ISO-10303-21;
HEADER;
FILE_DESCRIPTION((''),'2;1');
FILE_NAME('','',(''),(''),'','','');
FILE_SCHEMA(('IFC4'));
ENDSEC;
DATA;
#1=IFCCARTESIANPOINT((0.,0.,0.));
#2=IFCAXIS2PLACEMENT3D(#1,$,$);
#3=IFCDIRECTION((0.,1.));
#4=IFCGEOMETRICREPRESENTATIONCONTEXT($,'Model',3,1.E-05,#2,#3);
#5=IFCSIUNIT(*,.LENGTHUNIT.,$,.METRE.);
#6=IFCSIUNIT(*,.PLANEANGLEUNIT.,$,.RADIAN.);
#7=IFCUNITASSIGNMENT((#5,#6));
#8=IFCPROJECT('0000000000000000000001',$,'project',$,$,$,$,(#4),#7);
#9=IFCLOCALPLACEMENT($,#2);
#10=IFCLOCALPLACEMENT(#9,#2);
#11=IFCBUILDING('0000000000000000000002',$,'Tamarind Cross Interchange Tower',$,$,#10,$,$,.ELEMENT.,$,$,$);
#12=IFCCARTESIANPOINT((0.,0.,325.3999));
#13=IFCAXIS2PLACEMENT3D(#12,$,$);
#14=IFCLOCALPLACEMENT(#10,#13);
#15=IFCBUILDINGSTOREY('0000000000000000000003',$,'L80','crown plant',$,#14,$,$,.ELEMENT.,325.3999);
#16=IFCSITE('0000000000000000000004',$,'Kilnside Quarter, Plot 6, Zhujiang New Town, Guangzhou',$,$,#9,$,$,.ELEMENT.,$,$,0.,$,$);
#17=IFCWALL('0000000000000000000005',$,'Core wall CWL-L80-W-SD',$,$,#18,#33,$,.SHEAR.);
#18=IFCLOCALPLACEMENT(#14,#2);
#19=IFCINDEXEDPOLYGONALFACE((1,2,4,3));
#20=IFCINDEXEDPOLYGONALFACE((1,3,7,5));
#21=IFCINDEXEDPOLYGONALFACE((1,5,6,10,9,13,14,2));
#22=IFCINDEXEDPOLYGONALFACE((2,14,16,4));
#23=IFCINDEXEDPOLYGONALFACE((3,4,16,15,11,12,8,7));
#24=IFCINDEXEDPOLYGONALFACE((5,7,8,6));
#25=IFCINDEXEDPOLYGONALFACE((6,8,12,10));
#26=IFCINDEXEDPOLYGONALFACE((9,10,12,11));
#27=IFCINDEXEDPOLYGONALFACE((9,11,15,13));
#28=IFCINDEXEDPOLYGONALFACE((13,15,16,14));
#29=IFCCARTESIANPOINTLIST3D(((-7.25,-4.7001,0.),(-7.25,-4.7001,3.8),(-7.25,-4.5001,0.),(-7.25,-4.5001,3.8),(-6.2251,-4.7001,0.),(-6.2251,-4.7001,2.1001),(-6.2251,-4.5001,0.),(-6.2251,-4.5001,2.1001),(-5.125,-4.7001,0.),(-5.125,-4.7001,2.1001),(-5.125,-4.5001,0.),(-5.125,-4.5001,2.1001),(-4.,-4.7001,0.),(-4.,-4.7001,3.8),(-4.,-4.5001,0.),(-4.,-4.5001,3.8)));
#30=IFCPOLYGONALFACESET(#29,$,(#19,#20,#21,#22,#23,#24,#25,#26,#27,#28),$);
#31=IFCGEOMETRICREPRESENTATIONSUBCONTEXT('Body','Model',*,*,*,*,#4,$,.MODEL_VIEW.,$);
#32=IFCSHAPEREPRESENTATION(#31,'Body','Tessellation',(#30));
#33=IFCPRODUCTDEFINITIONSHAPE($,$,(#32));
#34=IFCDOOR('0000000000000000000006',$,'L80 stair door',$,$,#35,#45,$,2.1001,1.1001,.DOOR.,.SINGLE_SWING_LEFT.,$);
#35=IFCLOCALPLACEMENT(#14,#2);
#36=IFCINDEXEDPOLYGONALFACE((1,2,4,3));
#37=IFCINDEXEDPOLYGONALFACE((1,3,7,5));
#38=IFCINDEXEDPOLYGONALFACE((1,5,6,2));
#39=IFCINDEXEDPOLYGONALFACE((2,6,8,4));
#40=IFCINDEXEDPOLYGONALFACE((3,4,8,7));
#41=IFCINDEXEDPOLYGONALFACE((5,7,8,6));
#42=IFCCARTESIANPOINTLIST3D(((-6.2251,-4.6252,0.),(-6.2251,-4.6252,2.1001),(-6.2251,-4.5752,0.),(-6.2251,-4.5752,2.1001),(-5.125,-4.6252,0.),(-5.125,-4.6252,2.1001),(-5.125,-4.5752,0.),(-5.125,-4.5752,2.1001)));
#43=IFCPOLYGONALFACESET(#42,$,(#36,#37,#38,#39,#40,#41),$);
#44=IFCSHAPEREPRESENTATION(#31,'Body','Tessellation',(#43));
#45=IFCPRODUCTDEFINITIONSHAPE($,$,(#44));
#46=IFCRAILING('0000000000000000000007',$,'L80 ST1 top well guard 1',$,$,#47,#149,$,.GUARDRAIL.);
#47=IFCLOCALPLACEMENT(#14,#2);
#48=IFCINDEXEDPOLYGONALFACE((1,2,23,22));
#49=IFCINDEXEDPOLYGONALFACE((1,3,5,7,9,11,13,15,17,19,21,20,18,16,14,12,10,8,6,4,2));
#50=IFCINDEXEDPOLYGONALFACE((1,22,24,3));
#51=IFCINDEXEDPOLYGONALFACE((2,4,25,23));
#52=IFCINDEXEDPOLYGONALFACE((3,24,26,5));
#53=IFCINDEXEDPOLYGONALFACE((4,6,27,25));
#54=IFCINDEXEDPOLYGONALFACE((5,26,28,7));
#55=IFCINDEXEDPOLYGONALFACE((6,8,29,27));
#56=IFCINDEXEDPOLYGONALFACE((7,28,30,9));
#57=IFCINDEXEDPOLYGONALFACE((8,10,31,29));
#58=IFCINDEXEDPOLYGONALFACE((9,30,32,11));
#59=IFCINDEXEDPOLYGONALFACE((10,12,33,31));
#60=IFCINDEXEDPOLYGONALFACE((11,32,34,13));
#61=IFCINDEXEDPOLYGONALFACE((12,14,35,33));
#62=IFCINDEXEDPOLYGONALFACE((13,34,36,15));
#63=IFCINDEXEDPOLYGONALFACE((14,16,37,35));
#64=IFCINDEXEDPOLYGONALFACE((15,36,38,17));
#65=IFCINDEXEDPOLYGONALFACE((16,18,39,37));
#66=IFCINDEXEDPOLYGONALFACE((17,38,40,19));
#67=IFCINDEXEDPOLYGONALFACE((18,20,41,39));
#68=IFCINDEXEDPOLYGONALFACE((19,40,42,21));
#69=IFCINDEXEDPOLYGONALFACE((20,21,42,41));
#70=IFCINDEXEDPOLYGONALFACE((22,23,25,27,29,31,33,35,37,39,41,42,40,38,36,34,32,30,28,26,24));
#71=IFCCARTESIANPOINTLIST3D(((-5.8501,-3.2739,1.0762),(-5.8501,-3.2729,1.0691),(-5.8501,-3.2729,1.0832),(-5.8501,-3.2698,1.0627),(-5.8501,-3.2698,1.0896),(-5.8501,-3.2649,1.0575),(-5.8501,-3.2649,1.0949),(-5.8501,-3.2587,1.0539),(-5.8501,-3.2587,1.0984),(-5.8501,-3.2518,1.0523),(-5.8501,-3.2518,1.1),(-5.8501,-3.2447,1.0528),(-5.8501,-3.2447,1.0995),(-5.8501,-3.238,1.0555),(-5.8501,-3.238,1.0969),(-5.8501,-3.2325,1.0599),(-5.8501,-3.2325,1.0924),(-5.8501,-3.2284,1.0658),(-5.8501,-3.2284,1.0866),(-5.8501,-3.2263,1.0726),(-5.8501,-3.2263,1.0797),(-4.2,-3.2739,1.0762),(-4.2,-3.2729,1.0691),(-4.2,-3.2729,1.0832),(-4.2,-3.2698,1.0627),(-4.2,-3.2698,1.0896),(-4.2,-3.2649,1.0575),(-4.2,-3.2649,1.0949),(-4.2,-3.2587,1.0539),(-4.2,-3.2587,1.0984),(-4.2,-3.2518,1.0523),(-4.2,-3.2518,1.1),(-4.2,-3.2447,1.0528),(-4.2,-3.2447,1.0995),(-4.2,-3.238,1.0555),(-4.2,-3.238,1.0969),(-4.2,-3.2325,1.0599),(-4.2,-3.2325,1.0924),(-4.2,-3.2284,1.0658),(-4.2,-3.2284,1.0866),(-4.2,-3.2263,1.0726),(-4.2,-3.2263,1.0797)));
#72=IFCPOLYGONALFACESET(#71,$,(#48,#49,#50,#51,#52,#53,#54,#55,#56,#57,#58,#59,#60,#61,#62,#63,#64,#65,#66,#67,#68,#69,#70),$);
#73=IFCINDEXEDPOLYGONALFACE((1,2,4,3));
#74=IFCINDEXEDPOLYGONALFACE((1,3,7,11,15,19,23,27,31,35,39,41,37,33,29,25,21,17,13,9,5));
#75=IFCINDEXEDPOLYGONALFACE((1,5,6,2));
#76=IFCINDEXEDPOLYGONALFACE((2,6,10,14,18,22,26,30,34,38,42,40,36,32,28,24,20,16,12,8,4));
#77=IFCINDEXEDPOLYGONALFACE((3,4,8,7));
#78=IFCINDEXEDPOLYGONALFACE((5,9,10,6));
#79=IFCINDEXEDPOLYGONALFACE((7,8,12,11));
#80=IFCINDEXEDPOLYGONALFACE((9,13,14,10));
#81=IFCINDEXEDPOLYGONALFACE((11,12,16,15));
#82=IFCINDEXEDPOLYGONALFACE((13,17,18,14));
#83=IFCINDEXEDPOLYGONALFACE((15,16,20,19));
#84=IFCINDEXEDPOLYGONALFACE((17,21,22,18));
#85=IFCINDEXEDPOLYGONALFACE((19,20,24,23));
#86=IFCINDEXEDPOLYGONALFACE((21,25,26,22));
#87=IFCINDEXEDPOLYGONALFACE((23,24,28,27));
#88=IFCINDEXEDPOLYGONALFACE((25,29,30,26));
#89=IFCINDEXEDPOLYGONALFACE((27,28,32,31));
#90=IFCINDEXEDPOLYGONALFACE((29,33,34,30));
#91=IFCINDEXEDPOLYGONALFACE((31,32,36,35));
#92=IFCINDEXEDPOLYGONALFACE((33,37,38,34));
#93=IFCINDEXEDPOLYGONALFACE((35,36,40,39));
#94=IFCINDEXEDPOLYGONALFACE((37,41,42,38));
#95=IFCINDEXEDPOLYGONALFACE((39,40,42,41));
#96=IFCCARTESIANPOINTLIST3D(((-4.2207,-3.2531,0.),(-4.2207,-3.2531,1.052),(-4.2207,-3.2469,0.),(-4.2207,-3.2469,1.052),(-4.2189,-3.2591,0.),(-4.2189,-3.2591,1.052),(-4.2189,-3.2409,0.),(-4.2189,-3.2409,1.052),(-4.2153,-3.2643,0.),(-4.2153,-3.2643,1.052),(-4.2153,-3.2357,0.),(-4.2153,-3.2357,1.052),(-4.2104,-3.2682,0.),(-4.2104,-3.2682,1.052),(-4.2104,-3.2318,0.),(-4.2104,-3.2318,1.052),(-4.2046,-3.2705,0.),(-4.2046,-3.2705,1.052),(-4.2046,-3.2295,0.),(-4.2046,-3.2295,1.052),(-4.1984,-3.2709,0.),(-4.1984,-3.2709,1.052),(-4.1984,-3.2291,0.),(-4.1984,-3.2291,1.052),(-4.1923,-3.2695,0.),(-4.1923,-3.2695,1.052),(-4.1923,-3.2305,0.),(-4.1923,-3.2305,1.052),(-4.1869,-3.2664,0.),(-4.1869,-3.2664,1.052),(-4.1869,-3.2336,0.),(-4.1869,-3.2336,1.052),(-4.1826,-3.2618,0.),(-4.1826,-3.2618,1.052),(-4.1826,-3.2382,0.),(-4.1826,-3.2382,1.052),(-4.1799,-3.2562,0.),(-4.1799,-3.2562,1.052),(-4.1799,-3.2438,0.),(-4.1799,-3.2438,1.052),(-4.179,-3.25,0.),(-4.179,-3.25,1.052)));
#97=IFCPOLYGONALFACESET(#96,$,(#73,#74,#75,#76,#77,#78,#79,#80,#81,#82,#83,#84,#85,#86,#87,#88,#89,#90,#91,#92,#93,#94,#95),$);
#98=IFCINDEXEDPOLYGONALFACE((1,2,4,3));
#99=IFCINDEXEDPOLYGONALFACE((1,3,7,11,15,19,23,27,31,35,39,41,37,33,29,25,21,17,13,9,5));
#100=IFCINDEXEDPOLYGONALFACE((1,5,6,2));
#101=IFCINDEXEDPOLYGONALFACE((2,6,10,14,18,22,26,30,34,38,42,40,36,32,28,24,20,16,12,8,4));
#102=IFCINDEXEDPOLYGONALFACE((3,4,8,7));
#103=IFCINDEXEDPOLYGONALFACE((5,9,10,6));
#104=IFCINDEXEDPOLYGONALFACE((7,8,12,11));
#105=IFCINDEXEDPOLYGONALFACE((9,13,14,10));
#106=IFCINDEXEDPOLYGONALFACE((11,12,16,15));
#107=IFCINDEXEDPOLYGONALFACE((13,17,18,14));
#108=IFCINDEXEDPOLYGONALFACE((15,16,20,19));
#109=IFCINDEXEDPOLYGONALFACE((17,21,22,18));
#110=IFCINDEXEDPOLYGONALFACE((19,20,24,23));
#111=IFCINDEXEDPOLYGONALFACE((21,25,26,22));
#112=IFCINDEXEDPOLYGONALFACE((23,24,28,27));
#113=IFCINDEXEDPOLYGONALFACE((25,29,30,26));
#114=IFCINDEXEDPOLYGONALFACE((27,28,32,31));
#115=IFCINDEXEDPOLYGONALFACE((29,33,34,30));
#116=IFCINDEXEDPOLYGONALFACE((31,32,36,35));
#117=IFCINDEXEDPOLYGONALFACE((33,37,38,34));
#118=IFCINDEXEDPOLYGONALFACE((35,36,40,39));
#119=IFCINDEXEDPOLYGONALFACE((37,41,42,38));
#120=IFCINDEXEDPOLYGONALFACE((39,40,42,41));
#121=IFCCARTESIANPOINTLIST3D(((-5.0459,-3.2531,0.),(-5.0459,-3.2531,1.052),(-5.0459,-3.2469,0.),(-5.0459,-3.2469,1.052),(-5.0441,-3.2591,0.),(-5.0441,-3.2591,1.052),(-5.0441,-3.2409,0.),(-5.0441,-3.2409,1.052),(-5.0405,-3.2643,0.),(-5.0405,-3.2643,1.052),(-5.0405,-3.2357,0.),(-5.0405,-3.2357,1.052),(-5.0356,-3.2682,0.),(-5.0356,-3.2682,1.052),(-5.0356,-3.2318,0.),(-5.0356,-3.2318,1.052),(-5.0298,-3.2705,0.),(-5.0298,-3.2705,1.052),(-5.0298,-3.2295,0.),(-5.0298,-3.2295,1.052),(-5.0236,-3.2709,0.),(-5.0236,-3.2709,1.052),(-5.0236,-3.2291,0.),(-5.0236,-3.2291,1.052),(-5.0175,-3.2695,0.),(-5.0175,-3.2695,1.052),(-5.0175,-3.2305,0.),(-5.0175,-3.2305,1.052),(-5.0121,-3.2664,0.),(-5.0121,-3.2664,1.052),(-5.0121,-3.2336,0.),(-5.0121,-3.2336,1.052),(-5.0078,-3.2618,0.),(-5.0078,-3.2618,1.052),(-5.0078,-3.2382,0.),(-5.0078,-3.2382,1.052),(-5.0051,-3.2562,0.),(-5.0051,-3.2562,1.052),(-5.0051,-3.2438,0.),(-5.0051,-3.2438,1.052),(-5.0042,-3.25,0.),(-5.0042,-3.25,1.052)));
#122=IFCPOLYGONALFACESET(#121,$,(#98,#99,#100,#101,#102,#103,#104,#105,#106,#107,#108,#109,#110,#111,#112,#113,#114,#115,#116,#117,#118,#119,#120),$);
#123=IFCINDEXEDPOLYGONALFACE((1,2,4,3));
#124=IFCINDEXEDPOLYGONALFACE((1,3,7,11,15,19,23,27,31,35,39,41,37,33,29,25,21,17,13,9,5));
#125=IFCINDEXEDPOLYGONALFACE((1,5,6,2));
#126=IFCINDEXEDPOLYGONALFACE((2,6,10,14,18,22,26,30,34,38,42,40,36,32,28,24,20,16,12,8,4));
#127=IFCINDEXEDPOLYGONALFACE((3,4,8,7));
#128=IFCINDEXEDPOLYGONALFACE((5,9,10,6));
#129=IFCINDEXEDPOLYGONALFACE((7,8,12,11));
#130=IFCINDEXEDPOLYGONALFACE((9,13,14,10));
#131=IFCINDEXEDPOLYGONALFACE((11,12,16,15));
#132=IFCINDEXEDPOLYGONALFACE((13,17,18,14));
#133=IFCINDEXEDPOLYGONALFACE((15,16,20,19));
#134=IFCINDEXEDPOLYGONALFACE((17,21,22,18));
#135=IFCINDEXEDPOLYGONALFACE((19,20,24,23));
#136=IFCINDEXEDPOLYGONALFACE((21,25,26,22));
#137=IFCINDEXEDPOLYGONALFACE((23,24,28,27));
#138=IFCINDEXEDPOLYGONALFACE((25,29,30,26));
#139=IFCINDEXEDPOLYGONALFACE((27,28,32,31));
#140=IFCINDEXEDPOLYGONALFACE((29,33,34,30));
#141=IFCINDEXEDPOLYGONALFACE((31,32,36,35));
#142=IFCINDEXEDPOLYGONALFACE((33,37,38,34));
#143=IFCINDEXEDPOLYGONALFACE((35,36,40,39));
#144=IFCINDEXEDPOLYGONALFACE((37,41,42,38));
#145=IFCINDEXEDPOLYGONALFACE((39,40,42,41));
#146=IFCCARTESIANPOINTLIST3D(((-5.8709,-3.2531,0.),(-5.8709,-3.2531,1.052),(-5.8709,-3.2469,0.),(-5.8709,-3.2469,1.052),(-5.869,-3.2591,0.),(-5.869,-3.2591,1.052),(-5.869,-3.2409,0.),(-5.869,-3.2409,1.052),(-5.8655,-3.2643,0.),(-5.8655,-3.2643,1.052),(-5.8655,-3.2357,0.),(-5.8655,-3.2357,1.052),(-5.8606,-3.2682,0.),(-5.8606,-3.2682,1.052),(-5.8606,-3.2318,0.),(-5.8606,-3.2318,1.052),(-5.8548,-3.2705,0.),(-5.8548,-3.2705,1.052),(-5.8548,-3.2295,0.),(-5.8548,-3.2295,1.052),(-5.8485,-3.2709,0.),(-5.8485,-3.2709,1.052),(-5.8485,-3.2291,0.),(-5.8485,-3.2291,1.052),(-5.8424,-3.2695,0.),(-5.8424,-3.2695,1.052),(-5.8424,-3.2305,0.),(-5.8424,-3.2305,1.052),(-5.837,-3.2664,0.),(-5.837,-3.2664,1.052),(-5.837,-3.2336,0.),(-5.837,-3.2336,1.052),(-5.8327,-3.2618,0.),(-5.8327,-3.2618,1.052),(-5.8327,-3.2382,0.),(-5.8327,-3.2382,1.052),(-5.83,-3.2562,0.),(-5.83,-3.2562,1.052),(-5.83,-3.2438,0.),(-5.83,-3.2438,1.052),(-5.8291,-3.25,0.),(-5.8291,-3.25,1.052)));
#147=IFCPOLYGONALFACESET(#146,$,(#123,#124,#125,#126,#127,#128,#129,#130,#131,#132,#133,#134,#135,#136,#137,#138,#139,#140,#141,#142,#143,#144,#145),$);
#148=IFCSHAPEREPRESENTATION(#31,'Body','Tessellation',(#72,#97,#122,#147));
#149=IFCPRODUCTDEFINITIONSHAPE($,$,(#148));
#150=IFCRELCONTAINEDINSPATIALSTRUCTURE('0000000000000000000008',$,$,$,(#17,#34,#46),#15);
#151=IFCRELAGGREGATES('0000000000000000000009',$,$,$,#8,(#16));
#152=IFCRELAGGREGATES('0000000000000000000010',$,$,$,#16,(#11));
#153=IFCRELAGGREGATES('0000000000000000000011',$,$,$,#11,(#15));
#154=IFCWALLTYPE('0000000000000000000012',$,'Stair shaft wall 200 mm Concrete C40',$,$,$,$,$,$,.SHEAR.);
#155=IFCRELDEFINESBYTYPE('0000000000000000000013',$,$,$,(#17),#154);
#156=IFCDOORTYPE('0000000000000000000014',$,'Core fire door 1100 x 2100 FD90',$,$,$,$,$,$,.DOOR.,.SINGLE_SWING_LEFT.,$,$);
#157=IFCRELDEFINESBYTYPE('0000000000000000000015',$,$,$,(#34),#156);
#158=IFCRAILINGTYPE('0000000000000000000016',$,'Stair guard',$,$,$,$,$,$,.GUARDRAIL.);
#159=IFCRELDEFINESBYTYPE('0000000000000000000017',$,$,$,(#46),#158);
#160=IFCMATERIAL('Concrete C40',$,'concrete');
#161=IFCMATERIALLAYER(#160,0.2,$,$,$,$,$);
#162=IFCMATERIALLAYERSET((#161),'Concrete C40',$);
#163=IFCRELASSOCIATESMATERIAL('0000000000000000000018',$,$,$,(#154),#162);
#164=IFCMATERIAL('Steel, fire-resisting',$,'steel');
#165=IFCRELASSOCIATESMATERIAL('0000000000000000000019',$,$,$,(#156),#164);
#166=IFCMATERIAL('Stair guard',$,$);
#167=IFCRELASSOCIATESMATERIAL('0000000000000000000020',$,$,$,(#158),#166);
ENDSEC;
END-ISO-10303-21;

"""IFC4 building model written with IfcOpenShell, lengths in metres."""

from ifc_helpers import new_model, si_unit, direction, frame, frame_2d, origin, origin_2d, place, context, subcontext, project, spatial, rectangle, circle, extrude, material, layer, layer_set, type_object, element, fill, save


model = new_model("IFC4")

# Units and contexts
model_context = context("Model", 3, precision=1e-05, world=origin(), true_north=direction((0.0, 1.0)))
body_context = subcontext(model_context, "Body", "Model", "MODEL_VIEW")
ifc_project = project(units=[si_unit("LENGTHUNIT", "METRE"), si_unit("PLANEANGLEUNIT", "RADIAN")], contexts=[model_context])

# Site, building, storey
site_placement = place(None, origin())
site = spatial("IfcSite", under=ifc_project, at=site_placement, Name="Kilnside Quarter, Plot 6, Zhujiang New Town, Guangzhou", CompositionType="ELEMENT", RefElevation=0.0)
building_placement = place(site_placement, origin())
building = spatial("IfcBuilding", under=site, at=building_placement, Name="Tamarind Cross Interchange Tower", CompositionType="ELEMENT")
storey_placement = place(building_placement, frame((0.0, 0.0, 325.3999)))
storey = spatial("IfcBuildingStorey", under=building, at=storey_placement, Name="L80", Description="crown plant", CompositionType="ELEMENT", Elevation=325.3999)

# Shared definitions
ifc_material_1 = material(Name="Concrete C40", Category="concrete")

# Wall, opening, door
ifc_layer_1 = layer(ifc_material_1, 0.2)
ifc_layer_set_1 = layer_set([ifc_layer_1], Name="Concrete C40")
wall_type_1 = type_object("IfcWallType", Name="Stair shaft wall 200 mm Concrete C40", PredefinedType="SHEAR", material=ifc_layer_set_1)
wall_placement = place(storey_placement, frame((-7.25, -4.6001, 0.0), z_axis=(0.0, 0.0, 1.0), x_axis=(1.0, 0.0, 0.0)))
wall = element("IfcWall", 1, at=wall_placement, inside=storey, type_object=wall_type_1, Name="Core wall CWL-L80-W-SD", PredefinedType="SHEAR", context=body_context, shape_type="SweptSolid", body=[
    extrude(rectangle(XDim=3.25, YDim=0.2, at=frame_2d((1.625, 0.0))), origin(), (0.0, 0.0, 1.0), 3.8),
])
opening_placement = place(wall_placement, frame((1.0249, 0.0, 0.0)))
opening = element("IfcOpeningElement", 2, at=opening_placement, cuts=wall, PredefinedType="OPENING", context=body_context, shape_type="SweptSolid", body=[
    extrude(rectangle(XDim=1.1001, YDim=2.1001, at=frame_2d((0.55, 1.05))), frame((0.0, 0.1099, 0.0), z_axis=(0.0, -1.0, 0.0), x_axis=(1.0, 0.0, 0.0)), (0.0, 0.0, 1.0), 0.22),
])
ifc_material_2 = material(Name="Steel, fire-resisting", Category="steel")
door_type = type_object("IfcDoorType", Name="Core fire door 1100 x 2100 FD90", OperationType="SINGLE_SWING_LEFT", PredefinedType="DOOR", material=ifc_material_2)
door_placement = place(opening_placement, origin())
door = element("IfcDoor", 3, at=door_placement, inside=storey, type_object=door_type, Name="L80 stair door", OperationType="SINGLE_SWING_LEFT", OverallHeight=2.1001, OverallWidth=1.1001, PredefinedType="DOOR", context=body_context, shape_type="SweptSolid", body=[
    extrude(rectangle(XDim=1.1001, YDim=2.1001, at=frame_2d((0.55, 1.05))), frame((0.0, 0.0249, 0.0), z_axis=(0.0, -1.0, 0.0), x_axis=(1.0, 0.0, 0.0)), (0.0, 0.0, 1.0), 0.05),
])
fill(opening, door)

# Railing
ifc_material_3 = material(Name="Stair guard")
railing_type = type_object("IfcRailingType", Name="Stair guard", PredefinedType="GUARDRAIL", material=ifc_material_3)
railing_placement = place(storey_placement, frame((-4.2, -3.25, 0.0)))
element("IfcRailing", 4, at=railing_placement, inside=storey, type_object=railing_type, Name="L80 ST1 top well guard 1", PredefinedType="GUARDRAIL", context=body_context, shape_type="SweptSolid", body=[
    extrude(circle(Radius=0.0239, at=origin_2d()), frame((0.0, 0.0, 1.0762), z_axis=(-1.0, 0.0, 0.0), x_axis=(0.0, -1.0, 0.0)), (0.0, 0.0, 1.0), 1.6501),
    extrude(circle(Radius=0.021, at=origin_2d()), origin(), (0.0, 0.0, 1.0), 1.052),
    extrude(circle(Radius=0.021, at=origin_2d()), frame((-0.8252, 0.0, 0.0)), (0.0, 0.0, 1.0), 1.052),
    extrude(circle(Radius=0.021, at=origin_2d()), frame((-1.6501, 0.0, 0.0)), (0.0, 0.0, 1.0), 1.052),
])

save(model, "model.ifc")
